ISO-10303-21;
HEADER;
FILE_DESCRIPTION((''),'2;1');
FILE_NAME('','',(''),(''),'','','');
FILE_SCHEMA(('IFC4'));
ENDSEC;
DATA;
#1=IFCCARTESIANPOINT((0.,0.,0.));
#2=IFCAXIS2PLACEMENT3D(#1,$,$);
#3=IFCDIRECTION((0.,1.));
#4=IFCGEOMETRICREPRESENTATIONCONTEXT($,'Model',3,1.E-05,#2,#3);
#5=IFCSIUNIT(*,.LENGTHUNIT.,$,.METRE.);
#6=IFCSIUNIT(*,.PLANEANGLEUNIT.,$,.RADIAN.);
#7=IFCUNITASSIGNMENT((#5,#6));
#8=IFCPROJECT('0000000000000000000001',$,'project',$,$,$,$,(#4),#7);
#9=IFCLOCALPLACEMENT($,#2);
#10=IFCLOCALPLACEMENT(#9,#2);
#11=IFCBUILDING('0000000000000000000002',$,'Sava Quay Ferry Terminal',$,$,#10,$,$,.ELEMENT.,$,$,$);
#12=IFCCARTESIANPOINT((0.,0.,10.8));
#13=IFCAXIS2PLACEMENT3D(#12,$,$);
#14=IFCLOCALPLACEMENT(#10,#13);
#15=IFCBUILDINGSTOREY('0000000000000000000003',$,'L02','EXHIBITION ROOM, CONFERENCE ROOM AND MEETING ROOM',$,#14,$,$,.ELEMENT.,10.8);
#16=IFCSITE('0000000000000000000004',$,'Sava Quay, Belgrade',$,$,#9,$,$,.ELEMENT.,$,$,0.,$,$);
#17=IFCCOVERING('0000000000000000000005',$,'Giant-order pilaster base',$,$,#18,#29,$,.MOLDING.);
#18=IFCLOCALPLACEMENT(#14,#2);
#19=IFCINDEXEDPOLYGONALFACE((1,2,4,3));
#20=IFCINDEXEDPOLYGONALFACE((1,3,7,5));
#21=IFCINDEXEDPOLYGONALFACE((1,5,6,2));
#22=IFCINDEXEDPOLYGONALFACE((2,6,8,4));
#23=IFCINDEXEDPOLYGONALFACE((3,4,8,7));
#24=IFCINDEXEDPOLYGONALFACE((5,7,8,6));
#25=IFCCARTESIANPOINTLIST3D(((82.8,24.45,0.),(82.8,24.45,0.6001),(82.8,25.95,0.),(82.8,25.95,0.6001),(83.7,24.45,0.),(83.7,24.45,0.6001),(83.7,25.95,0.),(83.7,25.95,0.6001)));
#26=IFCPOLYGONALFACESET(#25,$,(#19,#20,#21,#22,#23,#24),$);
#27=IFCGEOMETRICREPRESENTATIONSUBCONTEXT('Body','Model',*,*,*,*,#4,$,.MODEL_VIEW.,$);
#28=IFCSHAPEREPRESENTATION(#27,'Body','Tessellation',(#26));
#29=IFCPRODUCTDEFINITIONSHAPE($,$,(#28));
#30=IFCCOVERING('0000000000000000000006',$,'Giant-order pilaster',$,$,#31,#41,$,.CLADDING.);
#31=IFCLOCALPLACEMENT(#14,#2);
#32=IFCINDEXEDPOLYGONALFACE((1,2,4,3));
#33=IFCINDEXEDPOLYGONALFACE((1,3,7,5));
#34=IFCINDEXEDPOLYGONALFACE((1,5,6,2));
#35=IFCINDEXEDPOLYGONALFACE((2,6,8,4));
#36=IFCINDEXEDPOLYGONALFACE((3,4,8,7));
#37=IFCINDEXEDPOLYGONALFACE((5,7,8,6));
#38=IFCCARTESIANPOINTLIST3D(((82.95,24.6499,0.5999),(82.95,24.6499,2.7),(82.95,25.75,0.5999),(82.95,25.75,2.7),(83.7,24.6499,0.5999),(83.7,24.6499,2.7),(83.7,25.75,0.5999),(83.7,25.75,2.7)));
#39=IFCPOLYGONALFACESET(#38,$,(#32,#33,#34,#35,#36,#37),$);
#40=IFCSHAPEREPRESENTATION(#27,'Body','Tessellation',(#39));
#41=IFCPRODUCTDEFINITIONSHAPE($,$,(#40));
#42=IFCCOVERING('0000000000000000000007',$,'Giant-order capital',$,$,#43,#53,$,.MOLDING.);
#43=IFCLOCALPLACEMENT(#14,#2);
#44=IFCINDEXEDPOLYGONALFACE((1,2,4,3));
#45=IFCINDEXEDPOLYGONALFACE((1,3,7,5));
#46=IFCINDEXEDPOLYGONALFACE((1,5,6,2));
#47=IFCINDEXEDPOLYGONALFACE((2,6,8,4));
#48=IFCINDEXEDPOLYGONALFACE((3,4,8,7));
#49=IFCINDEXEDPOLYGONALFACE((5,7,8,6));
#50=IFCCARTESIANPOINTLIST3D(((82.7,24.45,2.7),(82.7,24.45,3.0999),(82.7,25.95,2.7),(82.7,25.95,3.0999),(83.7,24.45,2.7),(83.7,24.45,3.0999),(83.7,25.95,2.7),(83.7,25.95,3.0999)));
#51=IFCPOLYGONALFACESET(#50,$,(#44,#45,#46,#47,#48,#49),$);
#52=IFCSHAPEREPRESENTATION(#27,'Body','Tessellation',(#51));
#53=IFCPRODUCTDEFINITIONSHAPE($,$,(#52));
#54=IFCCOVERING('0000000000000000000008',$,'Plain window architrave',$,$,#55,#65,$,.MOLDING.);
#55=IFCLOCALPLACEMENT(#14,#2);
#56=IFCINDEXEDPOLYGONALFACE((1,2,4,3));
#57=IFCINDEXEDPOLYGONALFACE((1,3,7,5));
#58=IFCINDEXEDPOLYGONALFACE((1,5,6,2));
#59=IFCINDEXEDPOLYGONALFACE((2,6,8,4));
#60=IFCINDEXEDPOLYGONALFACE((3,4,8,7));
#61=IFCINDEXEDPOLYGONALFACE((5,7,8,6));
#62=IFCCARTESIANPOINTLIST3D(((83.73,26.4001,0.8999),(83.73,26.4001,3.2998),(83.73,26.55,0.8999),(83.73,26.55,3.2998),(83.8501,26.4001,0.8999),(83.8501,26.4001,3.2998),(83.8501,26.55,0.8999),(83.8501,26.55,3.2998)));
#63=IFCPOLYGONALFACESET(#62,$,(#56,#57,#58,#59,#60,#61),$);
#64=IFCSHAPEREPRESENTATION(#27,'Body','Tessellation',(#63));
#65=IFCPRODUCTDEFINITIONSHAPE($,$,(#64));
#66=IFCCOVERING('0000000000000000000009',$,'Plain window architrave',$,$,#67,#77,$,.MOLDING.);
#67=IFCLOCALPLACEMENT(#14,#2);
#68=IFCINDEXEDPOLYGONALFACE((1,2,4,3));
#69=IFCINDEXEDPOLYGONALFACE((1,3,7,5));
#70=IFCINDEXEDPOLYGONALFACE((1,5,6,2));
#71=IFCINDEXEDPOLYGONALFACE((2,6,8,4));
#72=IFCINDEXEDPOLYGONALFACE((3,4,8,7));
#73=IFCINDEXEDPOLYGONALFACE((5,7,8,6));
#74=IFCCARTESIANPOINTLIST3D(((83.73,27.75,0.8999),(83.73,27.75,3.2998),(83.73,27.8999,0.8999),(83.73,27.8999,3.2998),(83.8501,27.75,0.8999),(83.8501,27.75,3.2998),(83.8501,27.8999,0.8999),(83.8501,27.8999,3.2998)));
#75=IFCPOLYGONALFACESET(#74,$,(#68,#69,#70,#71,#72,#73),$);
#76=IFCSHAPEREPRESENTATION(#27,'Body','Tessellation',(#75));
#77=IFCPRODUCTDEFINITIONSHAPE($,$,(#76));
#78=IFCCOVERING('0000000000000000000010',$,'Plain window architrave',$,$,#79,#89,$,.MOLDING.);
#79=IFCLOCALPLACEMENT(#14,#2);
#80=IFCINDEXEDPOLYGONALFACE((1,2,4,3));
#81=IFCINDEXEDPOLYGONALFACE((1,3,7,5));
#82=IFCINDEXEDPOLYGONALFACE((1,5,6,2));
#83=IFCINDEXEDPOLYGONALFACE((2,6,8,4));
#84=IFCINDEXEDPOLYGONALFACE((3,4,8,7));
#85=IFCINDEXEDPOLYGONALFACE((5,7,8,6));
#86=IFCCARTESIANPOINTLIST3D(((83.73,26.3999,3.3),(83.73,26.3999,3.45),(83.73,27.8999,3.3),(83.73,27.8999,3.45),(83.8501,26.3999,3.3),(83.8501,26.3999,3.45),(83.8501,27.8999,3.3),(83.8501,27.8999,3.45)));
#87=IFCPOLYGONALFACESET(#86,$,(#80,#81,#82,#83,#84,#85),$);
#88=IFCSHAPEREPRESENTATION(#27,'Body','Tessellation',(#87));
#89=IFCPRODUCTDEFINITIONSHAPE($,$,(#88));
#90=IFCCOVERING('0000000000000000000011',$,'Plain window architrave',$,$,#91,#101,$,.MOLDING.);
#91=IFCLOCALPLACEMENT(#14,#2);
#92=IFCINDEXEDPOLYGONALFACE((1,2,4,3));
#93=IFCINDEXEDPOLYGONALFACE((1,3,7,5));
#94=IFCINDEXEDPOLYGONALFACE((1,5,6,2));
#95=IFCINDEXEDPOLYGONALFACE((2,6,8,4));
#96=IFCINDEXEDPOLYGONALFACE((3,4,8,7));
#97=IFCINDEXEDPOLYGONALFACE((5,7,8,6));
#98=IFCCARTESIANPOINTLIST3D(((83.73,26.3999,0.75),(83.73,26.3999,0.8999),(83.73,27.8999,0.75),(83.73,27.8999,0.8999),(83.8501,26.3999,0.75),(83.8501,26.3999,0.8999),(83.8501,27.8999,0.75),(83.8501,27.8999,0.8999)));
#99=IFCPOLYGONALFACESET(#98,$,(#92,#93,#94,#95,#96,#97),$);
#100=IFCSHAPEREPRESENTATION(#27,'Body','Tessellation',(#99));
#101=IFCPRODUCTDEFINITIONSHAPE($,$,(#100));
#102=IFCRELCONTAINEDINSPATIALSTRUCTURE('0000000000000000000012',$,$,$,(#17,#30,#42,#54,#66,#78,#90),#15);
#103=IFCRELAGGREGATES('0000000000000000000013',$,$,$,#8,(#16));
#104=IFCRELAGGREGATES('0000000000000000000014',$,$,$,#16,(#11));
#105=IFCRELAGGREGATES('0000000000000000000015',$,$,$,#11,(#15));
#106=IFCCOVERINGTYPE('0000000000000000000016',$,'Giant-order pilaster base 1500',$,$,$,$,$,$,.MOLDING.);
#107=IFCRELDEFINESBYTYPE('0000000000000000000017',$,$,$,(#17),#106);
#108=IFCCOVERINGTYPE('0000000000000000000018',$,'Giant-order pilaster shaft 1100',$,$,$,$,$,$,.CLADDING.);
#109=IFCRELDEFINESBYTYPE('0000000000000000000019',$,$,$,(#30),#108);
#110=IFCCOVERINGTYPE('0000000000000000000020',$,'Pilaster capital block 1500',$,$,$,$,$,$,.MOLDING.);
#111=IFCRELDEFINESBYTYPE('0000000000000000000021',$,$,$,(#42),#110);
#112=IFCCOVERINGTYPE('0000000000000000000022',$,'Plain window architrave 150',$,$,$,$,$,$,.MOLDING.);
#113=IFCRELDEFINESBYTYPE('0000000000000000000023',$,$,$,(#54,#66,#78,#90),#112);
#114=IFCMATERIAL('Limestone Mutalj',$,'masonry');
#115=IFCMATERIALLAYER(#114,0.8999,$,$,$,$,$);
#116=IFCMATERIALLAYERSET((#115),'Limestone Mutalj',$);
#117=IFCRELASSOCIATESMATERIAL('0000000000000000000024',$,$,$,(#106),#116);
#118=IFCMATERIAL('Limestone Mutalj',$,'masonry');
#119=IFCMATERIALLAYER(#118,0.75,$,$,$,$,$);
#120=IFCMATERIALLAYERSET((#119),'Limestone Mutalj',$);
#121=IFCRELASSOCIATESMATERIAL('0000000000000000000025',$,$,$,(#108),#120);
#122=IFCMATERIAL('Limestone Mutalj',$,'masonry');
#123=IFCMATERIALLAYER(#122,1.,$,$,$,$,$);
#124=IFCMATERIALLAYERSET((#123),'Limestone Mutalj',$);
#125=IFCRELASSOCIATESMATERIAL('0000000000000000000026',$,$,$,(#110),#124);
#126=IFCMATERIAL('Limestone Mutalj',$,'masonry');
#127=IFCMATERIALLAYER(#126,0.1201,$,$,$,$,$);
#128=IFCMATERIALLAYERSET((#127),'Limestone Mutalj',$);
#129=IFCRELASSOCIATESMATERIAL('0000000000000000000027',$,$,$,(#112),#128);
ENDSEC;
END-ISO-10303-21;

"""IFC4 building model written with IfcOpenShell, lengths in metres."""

from ifc_helpers import new_model, si_unit, direction, frame, origin, origin_2d, place, context, subcontext, project, spatial, rectangle, extrude, material, layer, layer_set, type_object, element, save


model = new_model("IFC4")

# Units and contexts
model_context = context("Model", 3, precision=1e-05, world=origin(), true_north=direction((0.0, 1.0)))
body_context = subcontext(model_context, "Body", "Model", "MODEL_VIEW")
ifc_project = project(units=[si_unit("LENGTHUNIT", "METRE"), si_unit("PLANEANGLEUNIT", "RADIAN")], contexts=[model_context])

# Site, building, storey
site_placement = place(None, origin())
site = spatial("IfcSite", under=ifc_project, at=site_placement, Name="Sava Quay, Belgrade", CompositionType="ELEMENT", RefElevation=0.0)
building_placement = place(site_placement, origin())
building = spatial("IfcBuilding", under=site, at=building_placement, Name="Sava Quay Ferry Terminal", CompositionType="ELEMENT")
storey_placement = place(building_placement, frame((0.0, 0.0, 10.8)))
storey = spatial("IfcBuildingStorey", under=building, at=storey_placement, Name="L02", Description="EXHIBITION ROOM, CONFERENCE ROOM AND MEETING ROOM", CompositionType="ELEMENT", Elevation=10.8)

# Coverings
ifc_material_1 = material(Name="Limestone Mutalj", Category="masonry")
ifc_layer_1 = layer(ifc_material_1, 0.8999)
ifc_layer_set_1 = layer_set([ifc_layer_1], Name="Limestone Mutalj")
covering_type_1 = type_object("IfcCoveringType", Name="Giant-order pilaster base 1500", PredefinedType="MOLDING", material=ifc_layer_set_1)
covering_1_placement = place(storey_placement, frame((83.25, 25.2, 0.0), z_axis=(0.0, 0.0, 1.0), x_axis=(1.0, 0.0, 0.0)))
element("IfcCovering", 1, at=covering_1_placement, inside=storey, type_object=covering_type_1, Name="Giant-order pilaster base", PredefinedType="MOLDING", context=body_context, shape_type="SweptSolid", body=[
    extrude(rectangle(XDim=0.8999, YDim=1.5, at=origin_2d()), origin(), (0.0, 0.0, 1.0), 0.6001),
])
ifc_material_2 = material(Name="Limestone Mutalj", Category="masonry")
ifc_layer_2 = layer(ifc_material_2, 0.75)
ifc_layer_set_2 = layer_set([ifc_layer_2], Name="Limestone Mutalj")
covering_type_2 = type_object("IfcCoveringType", Name="Giant-order pilaster shaft 1100", PredefinedType="CLADDING", material=ifc_layer_set_2)
covering_2_placement = place(storey_placement, frame((83.325, 25.2, 0.5999), z_axis=(0.0, 0.0, 1.0), x_axis=(1.0, 0.0, 0.0)))
element("IfcCovering", 2, at=covering_2_placement, inside=storey, type_object=covering_type_2, Name="Giant-order pilaster", PredefinedType="CLADDING", context=body_context, shape_type="SweptSolid", body=[
    extrude(rectangle(XDim=0.75, YDim=1.1001, at=origin_2d()), origin(), (0.0, 0.0, 1.0), 2.1001),
])
ifc_material_3 = material(Name="Limestone Mutalj", Category="masonry")
ifc_layer_3 = layer(ifc_material_3, 1.0)
ifc_layer_set_3 = layer_set([ifc_layer_3], Name="Limestone Mutalj")
covering_type_3 = type_object("IfcCoveringType", Name="Pilaster capital block 1500", PredefinedType="MOLDING", material=ifc_layer_set_3)
covering_3_placement = place(storey_placement, frame((83.2, 25.2, 2.7), z_axis=(0.0, 0.0, 1.0), x_axis=(1.0, 0.0, 0.0)))
element("IfcCovering", 3, at=covering_3_placement, inside=storey, type_object=covering_type_3, Name="Giant-order capital", PredefinedType="MOLDING", context=body_context, shape_type="SweptSolid", body=[
    extrude(rectangle(XDim=1.0, YDim=1.5, at=origin_2d()), origin(), (0.0, 0.0, 1.0), 0.3999),
])
ifc_material_4 = material(Name="Limestone Mutalj", Category="masonry")
ifc_layer_4 = layer(ifc_material_4, 0.1201)
ifc_layer_set_4 = layer_set([ifc_layer_4], Name="Limestone Mutalj")
covering_type_4 = type_object("IfcCoveringType", Name="Plain window architrave 150", PredefinedType="MOLDING", material=ifc_layer_set_4)
for number, where, z_axis, x_axis, name in (
    (4, (83.79, 26.4751, 0.8999), (0.0, 0.0, 1.0), (1.0, 0.0, 0.0), "Plain window architrave"),
    (5, (83.79, 27.825, 0.8999), (0.0, 0.0, 1.0), (1.0, 0.0, 0.0), "Plain window architrave"),
):
    element("IfcCovering", number, at=place(storey_placement, frame(where, z_axis=z_axis, x_axis=x_axis)), inside=storey, type_object=covering_type_4, Name=name, PredefinedType="MOLDING", context=body_context, shape_type="SweptSolid", body=[
        extrude(rectangle(XDim=0.1201, YDim=0.1499, at=origin_2d()), origin(), (0.0, 0.0, 1.0), 2.3999),
    ])
for number, where, z_axis, x_axis, name in (
    (6, (83.79, 27.1499, 3.3), (0.0, 0.0, 1.0), (1.0, 0.0, 0.0), "Plain window architrave"),
    (7, (83.79, 27.1499, 0.75), (0.0, 0.0, 1.0), (1.0, 0.0, 0.0), "Plain window architrave"),
):
    element("IfcCovering", number, at=place(storey_placement, frame(where, z_axis=z_axis, x_axis=x_axis)), inside=storey, type_object=covering_type_4, Name=name, PredefinedType="MOLDING", context=body_context, shape_type="SweptSolid", body=[
        extrude(rectangle(XDim=0.1201, YDim=1.5, at=origin_2d()), origin(), (0.0, 0.0, 1.0), 0.1499),
    ])

save(model, "model.ifc")
